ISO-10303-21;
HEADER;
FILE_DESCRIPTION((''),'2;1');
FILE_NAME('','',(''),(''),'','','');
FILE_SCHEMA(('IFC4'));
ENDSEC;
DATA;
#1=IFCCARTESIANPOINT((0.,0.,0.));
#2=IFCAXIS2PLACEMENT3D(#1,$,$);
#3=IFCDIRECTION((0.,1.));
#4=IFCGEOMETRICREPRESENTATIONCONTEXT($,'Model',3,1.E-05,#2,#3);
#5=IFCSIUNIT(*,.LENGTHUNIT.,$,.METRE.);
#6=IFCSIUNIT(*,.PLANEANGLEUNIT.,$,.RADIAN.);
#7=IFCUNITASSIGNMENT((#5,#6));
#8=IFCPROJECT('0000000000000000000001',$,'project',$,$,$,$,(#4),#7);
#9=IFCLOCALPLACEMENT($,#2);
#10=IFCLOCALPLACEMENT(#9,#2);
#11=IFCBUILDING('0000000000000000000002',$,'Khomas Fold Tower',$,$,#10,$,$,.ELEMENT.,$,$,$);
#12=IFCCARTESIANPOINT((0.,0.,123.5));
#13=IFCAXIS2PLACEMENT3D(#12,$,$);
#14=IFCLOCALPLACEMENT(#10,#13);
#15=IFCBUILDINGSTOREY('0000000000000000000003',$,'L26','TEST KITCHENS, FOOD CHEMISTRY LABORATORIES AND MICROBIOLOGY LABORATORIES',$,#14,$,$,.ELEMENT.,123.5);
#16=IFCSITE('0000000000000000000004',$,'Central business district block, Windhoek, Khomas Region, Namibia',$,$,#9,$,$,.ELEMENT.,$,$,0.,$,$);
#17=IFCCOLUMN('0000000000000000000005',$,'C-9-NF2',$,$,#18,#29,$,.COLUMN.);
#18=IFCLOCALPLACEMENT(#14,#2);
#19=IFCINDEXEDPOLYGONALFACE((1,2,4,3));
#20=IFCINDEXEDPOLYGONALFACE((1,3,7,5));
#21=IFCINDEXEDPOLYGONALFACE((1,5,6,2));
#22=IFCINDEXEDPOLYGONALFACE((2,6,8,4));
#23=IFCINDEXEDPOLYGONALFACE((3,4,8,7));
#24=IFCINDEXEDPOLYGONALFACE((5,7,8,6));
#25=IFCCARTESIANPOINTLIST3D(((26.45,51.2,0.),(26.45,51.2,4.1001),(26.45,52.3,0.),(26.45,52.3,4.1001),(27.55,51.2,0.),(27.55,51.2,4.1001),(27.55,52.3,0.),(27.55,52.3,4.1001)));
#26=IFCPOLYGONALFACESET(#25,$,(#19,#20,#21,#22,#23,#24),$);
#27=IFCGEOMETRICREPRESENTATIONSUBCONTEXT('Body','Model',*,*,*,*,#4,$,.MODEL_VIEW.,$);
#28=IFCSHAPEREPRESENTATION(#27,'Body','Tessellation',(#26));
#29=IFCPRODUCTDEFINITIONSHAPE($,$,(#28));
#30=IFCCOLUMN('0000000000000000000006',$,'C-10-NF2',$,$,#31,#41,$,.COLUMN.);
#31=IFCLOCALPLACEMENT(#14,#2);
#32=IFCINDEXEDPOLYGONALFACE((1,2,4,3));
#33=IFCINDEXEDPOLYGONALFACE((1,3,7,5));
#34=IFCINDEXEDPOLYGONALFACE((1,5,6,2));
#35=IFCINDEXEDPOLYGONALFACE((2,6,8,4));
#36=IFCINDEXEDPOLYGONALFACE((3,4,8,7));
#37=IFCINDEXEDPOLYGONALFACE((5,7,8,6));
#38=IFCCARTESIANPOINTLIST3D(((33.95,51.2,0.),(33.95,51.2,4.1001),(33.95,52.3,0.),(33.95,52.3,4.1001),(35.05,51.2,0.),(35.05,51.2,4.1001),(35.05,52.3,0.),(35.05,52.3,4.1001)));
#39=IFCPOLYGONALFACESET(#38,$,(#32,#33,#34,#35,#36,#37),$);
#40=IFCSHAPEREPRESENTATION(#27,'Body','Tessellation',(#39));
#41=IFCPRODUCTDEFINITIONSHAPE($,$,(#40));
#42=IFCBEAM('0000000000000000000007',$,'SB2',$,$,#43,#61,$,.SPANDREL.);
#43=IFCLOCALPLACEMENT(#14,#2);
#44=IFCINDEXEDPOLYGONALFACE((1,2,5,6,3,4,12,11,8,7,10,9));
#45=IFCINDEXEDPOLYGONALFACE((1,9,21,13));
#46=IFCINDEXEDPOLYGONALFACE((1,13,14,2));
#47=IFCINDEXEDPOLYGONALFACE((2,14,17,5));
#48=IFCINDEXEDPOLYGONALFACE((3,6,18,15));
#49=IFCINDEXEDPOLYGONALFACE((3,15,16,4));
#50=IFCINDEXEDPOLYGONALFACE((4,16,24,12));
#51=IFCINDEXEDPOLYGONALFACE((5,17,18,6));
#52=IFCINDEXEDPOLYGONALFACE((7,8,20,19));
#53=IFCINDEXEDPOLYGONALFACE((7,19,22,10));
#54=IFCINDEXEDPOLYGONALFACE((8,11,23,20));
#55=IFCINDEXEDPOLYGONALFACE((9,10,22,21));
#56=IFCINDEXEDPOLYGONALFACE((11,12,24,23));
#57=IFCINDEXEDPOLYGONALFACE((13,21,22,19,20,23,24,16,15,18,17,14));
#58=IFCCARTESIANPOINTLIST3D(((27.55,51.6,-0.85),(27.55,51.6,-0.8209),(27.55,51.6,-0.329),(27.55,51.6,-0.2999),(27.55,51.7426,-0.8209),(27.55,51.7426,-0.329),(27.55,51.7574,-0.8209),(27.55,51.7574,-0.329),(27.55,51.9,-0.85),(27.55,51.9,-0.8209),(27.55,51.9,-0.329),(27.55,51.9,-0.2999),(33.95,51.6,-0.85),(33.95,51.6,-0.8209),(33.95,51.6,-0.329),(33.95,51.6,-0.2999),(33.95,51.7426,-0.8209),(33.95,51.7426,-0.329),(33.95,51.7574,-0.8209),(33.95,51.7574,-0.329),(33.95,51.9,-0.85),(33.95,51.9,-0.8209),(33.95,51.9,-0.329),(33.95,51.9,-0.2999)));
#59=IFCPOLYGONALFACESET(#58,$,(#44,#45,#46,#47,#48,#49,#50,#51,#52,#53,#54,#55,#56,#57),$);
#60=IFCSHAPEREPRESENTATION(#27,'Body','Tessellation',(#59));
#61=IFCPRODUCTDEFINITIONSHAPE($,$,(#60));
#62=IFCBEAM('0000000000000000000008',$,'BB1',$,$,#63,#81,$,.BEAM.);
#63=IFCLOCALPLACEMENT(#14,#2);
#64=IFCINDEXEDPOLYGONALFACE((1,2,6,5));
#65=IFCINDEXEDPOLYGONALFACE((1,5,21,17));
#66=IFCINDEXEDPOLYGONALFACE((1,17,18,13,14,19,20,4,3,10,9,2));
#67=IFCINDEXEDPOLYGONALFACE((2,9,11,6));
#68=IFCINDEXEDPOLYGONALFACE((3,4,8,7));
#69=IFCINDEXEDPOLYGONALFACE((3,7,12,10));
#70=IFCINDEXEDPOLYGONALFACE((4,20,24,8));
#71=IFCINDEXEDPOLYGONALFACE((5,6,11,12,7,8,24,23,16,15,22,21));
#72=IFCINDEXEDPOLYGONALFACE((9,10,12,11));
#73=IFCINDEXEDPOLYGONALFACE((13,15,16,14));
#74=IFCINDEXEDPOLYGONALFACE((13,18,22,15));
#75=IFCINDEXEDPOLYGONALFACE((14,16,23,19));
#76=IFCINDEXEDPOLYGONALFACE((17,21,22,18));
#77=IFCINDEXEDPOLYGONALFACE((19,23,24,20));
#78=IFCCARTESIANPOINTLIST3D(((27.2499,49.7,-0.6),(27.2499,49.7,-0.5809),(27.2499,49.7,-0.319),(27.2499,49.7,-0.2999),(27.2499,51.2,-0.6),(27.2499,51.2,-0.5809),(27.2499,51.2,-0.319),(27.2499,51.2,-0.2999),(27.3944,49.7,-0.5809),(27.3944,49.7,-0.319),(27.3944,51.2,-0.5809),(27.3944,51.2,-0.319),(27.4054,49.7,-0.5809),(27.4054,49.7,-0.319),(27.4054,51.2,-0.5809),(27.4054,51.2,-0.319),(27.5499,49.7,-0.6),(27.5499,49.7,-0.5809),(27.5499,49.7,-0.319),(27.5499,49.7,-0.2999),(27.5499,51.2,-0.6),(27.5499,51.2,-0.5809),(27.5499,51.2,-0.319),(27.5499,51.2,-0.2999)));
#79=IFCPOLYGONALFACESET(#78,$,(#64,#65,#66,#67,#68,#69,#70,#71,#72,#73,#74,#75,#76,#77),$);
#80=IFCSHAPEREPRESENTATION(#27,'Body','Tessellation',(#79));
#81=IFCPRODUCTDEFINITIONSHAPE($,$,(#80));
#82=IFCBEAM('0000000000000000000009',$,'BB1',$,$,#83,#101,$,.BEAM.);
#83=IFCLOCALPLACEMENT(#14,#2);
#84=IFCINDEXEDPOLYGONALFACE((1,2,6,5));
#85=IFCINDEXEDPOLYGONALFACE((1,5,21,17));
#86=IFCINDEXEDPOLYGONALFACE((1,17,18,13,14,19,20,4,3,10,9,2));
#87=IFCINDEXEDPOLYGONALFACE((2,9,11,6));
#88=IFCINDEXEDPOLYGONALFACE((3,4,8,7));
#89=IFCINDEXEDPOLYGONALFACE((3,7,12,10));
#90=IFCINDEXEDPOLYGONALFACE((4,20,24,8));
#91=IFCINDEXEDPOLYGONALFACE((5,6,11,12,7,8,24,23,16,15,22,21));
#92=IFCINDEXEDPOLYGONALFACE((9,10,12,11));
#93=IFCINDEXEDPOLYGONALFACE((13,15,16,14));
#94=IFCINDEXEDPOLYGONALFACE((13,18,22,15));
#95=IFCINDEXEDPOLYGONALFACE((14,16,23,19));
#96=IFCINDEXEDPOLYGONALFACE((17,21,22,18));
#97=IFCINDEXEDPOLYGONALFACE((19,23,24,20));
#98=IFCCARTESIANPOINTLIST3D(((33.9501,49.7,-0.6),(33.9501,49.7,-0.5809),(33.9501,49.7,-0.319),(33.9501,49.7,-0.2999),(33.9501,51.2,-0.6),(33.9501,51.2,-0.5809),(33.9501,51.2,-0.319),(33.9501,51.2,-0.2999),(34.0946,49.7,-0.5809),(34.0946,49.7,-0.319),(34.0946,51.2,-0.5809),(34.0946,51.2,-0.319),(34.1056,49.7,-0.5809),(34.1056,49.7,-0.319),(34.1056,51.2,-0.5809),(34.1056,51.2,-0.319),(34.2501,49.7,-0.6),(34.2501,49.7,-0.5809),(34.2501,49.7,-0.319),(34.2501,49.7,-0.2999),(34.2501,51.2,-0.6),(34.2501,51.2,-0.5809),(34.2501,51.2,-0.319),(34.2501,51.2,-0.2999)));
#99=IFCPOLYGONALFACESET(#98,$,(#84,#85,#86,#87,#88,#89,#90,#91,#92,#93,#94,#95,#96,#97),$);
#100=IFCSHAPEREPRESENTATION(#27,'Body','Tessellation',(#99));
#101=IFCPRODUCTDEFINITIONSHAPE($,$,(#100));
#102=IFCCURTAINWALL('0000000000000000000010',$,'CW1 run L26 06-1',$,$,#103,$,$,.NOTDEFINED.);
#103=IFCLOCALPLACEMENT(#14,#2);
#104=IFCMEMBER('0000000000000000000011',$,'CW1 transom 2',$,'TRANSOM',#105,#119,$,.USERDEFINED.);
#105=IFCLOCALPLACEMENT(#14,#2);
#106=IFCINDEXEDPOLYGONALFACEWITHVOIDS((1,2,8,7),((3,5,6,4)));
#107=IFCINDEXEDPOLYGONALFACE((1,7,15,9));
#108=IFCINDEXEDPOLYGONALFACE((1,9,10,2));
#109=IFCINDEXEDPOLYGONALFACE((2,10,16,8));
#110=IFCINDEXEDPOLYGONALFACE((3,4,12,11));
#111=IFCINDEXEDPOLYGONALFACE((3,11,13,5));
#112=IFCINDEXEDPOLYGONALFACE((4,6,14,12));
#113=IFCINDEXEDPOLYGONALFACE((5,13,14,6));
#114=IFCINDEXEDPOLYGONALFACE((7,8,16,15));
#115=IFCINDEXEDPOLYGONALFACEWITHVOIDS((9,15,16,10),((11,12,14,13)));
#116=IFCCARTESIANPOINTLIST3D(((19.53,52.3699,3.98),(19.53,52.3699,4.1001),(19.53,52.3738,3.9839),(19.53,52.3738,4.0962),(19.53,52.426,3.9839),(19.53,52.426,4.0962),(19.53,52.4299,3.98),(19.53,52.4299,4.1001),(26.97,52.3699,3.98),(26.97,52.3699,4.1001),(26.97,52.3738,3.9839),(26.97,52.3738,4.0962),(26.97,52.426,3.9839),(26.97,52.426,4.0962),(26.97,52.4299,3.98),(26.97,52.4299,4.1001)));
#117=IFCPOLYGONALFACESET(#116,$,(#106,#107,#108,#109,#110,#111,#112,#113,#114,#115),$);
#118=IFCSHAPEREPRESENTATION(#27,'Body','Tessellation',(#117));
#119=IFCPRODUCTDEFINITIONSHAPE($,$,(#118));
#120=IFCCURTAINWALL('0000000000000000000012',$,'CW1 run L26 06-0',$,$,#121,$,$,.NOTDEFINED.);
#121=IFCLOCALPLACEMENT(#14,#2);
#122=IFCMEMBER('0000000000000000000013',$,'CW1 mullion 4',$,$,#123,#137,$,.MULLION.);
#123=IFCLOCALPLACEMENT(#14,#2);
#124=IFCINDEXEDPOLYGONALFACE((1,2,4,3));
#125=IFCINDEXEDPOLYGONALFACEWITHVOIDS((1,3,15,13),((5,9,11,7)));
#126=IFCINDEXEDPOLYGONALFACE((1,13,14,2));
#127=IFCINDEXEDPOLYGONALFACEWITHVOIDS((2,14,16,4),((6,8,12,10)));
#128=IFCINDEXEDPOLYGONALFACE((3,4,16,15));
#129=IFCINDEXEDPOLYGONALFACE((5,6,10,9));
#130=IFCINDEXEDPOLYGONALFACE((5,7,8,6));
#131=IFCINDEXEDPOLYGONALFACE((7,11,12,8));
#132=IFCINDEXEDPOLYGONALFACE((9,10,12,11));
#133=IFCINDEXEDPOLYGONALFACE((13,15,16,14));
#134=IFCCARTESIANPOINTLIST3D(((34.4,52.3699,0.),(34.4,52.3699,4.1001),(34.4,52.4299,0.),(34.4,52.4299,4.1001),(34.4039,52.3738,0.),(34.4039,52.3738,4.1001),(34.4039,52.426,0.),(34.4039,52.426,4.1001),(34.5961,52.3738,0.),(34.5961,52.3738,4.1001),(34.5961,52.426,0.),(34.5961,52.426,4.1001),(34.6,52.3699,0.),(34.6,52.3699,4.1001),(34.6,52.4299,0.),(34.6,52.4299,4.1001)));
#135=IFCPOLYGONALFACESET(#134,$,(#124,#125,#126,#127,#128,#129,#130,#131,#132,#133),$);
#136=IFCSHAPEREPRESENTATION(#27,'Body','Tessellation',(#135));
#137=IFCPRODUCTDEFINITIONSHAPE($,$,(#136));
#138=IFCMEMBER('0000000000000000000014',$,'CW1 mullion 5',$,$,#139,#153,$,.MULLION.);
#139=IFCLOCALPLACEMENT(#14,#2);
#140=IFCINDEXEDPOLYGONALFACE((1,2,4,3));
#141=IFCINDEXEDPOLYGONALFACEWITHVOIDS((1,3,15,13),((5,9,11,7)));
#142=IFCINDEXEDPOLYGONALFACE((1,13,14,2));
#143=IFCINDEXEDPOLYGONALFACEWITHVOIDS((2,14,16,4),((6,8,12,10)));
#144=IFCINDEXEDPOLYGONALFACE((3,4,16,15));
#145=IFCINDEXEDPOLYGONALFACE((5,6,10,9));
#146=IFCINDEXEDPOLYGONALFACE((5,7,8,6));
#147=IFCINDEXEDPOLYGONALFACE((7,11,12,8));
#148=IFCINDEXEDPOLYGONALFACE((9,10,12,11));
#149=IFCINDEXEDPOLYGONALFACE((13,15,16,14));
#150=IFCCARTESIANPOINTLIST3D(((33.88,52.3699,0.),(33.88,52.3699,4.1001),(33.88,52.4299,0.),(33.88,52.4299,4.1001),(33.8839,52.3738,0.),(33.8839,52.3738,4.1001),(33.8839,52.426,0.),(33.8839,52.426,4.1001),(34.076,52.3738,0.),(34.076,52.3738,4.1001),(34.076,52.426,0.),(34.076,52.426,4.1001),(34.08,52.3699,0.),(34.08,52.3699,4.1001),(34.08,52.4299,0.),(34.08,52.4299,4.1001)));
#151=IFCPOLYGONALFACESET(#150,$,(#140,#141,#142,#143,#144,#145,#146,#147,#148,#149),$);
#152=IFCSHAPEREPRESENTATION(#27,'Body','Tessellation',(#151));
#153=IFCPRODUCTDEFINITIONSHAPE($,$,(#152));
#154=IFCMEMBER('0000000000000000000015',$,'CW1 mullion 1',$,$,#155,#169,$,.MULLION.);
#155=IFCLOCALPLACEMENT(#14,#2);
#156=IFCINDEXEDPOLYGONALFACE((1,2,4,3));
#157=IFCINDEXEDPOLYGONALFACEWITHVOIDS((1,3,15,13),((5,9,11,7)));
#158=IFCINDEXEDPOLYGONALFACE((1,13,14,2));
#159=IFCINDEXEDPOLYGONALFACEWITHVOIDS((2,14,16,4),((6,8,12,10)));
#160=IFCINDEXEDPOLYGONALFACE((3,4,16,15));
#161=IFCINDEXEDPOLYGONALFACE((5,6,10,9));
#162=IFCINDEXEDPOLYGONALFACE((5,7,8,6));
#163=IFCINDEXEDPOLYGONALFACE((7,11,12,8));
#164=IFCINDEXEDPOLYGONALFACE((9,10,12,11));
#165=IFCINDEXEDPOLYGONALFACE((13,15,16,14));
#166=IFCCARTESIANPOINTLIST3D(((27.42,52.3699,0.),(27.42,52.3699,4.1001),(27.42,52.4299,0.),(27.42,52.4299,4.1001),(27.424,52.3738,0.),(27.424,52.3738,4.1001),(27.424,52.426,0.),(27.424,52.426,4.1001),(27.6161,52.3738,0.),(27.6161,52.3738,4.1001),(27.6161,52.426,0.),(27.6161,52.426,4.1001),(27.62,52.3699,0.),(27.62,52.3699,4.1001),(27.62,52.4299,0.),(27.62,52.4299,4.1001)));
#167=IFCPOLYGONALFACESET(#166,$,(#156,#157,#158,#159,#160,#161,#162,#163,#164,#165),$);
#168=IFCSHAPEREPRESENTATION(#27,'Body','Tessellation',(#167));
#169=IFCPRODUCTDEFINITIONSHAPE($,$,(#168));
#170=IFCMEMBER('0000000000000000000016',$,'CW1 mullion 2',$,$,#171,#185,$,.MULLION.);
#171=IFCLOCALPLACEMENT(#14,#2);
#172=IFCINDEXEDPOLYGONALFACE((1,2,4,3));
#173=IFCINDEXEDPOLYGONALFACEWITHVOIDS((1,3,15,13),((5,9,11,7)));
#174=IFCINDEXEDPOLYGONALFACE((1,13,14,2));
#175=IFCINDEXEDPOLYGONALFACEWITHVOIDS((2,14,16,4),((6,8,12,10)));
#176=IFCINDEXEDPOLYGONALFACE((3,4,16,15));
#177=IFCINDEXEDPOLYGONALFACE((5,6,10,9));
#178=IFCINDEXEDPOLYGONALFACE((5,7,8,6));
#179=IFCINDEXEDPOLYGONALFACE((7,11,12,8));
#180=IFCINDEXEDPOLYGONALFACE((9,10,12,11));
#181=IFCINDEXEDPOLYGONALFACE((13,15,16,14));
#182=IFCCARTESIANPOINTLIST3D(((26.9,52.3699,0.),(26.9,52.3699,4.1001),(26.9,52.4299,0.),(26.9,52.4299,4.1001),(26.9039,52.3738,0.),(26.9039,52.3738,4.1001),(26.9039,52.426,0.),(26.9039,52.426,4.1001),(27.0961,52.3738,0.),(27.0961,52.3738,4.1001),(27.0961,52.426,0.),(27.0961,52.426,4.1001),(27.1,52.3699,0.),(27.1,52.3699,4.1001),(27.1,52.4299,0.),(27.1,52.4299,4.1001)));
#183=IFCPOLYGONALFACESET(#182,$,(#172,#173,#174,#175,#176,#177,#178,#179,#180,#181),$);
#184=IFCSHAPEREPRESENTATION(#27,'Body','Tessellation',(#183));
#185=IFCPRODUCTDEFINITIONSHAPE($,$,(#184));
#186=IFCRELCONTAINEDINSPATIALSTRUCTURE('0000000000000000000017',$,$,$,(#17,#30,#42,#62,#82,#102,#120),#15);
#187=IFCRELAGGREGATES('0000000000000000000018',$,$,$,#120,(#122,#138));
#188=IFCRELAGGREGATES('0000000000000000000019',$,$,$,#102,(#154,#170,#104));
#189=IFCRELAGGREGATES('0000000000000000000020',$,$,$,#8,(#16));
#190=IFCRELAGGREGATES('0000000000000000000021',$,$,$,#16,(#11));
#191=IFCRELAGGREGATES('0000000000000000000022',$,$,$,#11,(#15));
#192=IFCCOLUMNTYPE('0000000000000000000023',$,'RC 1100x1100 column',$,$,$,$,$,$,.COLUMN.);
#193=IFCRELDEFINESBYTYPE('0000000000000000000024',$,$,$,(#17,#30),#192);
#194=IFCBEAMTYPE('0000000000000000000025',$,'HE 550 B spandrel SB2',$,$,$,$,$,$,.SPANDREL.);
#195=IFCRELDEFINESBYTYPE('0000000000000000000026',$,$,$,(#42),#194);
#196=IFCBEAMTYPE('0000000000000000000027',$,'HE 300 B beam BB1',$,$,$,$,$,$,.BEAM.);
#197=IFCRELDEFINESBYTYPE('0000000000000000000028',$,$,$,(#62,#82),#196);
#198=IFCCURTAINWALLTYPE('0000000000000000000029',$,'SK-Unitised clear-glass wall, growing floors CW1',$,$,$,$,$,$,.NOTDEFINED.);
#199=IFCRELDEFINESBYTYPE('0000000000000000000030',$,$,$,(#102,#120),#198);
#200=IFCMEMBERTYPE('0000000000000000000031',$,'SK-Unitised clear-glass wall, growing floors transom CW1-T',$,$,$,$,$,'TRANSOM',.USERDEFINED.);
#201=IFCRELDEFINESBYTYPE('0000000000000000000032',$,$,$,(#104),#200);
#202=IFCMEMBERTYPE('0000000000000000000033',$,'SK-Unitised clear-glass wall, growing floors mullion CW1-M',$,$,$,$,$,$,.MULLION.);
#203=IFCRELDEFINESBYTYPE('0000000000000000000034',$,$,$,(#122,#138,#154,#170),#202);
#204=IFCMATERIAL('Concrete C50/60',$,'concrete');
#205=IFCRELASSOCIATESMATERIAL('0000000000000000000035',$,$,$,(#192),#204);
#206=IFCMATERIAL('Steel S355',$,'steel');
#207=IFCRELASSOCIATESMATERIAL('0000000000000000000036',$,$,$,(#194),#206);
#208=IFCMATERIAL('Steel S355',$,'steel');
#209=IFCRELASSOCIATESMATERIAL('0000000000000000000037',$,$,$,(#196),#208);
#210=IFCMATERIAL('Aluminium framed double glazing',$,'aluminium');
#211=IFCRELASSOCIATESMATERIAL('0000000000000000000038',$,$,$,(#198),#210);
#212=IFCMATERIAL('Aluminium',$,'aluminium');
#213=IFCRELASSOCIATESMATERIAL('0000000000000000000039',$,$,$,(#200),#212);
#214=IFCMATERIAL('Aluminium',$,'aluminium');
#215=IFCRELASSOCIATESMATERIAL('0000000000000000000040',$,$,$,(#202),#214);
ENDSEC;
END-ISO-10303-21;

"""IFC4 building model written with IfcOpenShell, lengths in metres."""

from ifc_helpers import new_model, si_unit, direction, frame, origin, origin_2d, place, context, subcontext, project, spatial, rectangle, hollow_rectangle, i_section, extrude, source, transform, mapped, material, material_profile, profile_set, type_object, element, aggregate, save


model = new_model("IFC4")

# Units and contexts
model_context = context("Model", 3, precision=1e-05, world=origin(), true_north=direction((0.0, 1.0)))
body_context = subcontext(model_context, "Body", "Model", "MODEL_VIEW")
ifc_project = project(units=[si_unit("LENGTHUNIT", "METRE"), si_unit("PLANEANGLEUNIT", "RADIAN")], contexts=[model_context])

# Site, building, storey
site_placement = place(None, origin())
site = spatial("IfcSite", under=ifc_project, at=site_placement, Name="Central business district block, Windhoek, Khomas Region, Namibia", CompositionType="ELEMENT", RefElevation=0.0)
building_placement = place(site_placement, origin())
building = spatial("IfcBuilding", under=site, at=building_placement, Name="Khomas Fold Tower", CompositionType="ELEMENT")
storey_placement = place(building_placement, frame((0.0, 0.0, 123.5)))
storey = spatial("IfcBuildingStorey", under=building, at=storey_placement, Name="L26", Description="TEST KITCHENS, FOOD CHEMISTRY LABORATORIES AND MICROBIOLOGY LABORATORIES", CompositionType="ELEMENT", Elevation=123.5)

# Columns
ifc_material_1 = material(Name="Concrete C50/60", Category="concrete")
ifc_material_profile_1 = material_profile(ifc_material_1, rectangle(XDim=1.1001, YDim=1.1001, at=origin_2d()), Name="RC 1100x1100")
ifc_profile_set_1 = profile_set([ifc_material_profile_1], Name="Concrete C50/60")
column_type = type_object("IfcColumnType", Name="RC 1100x1100 column", PredefinedType="COLUMN", material=ifc_profile_set_1)
shared_shape_1 = source(origin(), body_context, "Body", "SweptSolid", [
    extrude(rectangle(XDim=1.1001, YDim=1.1001, at=origin_2d()), origin(), (0.0, 0.0, 1.0), 4.1001),
])
for number, where, z_axis, x_axis, name in (
    (1, (27.0, 51.75, 0.0), (0.0, 0.0, 1.0), (1.0, 0.0, 0.0), "C-9-NF2"),
    (2, (34.5, 51.75, 0.0), (0.0, 0.0, 1.0), (1.0, 0.0, 0.0), "C-10-NF2"),
):
    element("IfcColumn", number, at=place(storey_placement, frame(where, z_axis=z_axis, x_axis=x_axis)), inside=storey, type_object=column_type, Name=name, PredefinedType="COLUMN", context=body_context, shape_type="MappedRepresentation", body=[
        mapped(shared_shape_1, transform((0.0, 0.0, 0.0))),
    ])

# Beams
ifc_material_2 = material(Name="Steel S355", Category="steel")
ifc_material_profile_2 = material_profile(ifc_material_2, i_section(OverallWidth=0.3, OverallDepth=0.55, WebThickness=0.0149, FlangeThickness=0.0291, at=origin_2d()), Name="HE 550 B")
ifc_profile_set_2 = profile_set([ifc_material_profile_2], Name="Steel S355")
beam_type_1 = type_object("IfcBeamType", Name="HE 550 B spandrel SB2", PredefinedType="SPANDREL", material=ifc_profile_set_2)
shared_shape_2 = source(origin(), body_context, "Body", "SweptSolid", [
    extrude(i_section(OverallWidth=0.3, OverallDepth=0.55, WebThickness=0.0149, FlangeThickness=0.0291, at=origin_2d()), origin(), (0.0, 0.0, 1.0), 6.3999),
])
beam_placement = place(storey_placement, frame((27.55, 51.75, -0.575), z_axis=(1.0, 0.0, 0.0), x_axis=(0.0, 1.0, 0.0)))
element("IfcBeam", 3, at=beam_placement, inside=storey, type_object=beam_type_1, Name="SB2", PredefinedType="SPANDREL", context=body_context, shape_type="MappedRepresentation", body=[
    mapped(shared_shape_2, transform((0.0, 0.0, 0.0))),
])
ifc_material_3 = material(Name="Steel S355", Category="steel")
ifc_material_profile_3 = material_profile(ifc_material_3, i_section(OverallWidth=0.3, OverallDepth=0.3, WebThickness=0.011, FlangeThickness=0.019, at=origin_2d()), Name="HE 300 B")
ifc_profile_set_3 = profile_set([ifc_material_profile_3], Name="Steel S355")
beam_type_2 = type_object("IfcBeamType", Name="HE 300 B beam BB1", PredefinedType="BEAM", material=ifc_profile_set_3)
shared_shape_3 = source(origin(), body_context, "Body", "SweptSolid", [
    extrude(i_section(OverallWidth=0.3, OverallDepth=0.3, WebThickness=0.011, FlangeThickness=0.019, at=origin_2d()), origin(), (0.0, 0.0, 1.0), 1.5),
])
for number, where, z_axis, x_axis, name in (
    (4, (27.3999, 49.7, -0.45), (0.0, 1.0, 0.0), (-1.0, 0.0, 0.0), "BB1"),
    (5, (34.1001, 49.7, -0.45), (0.0, 1.0, 0.0), (-1.0, 0.0, 0.0), "BB1"),
):
    element("IfcBeam", number, at=place(storey_placement, frame(where, z_axis=z_axis, x_axis=x_axis)), inside=storey, type_object=beam_type_2, Name=name, PredefinedType="BEAM", context=body_context, shape_type="MappedRepresentation", body=[
        mapped(shared_shape_3, transform((0.0, 0.0, 0.0))),
    ])

# Curtain wall, member
ifc_material_4 = material(Name="Aluminium framed double glazing", Category="aluminium")
curtain_wall_type = type_object("IfcCurtainWallType", Name="SK-Unitised clear-glass wall, growing floors CW1", PredefinedType="NOTDEFINED", material=ifc_material_4)
curtain_wall_1_placement = place(storey_placement, origin())
curtain_wall_1 = element("IfcCurtainWall", 6, at=curtain_wall_1_placement, inside=storey, type_object=curtain_wall_type, Name="CW1 run L26 06-1", PredefinedType="NOTDEFINED")
ifc_material_5 = material(Name="Aluminium", Category="aluminium")
ifc_material_profile_4 = material_profile(ifc_material_5, hollow_rectangle(XDim=0.0601, YDim=0.1201, WallThickness=0.0039, at=origin_2d()), Name="SK-Unitised clear-glass wall, growing floors transom CW1-T")
ifc_profile_set_4 = profile_set([ifc_material_profile_4], Name="Aluminium")
member_type_1 = type_object("IfcMemberType", Name="SK-Unitised clear-glass wall, growing floors transom CW1-T", ElementType="TRANSOM", PredefinedType="USERDEFINED", material=ifc_profile_set_4)
shared_shape_4 = source(origin(), body_context, "Body", "SweptSolid", [
    extrude(hollow_rectangle(XDim=0.0601, YDim=0.1201, WallThickness=0.0039, at=origin_2d()), origin(), (0.0, 0.0, 1.0), 7.4399),
])
member_1_placement = place(storey_placement, frame((26.97, 52.3999, 4.04), z_axis=(-1.0, 0.0, 0.0), x_axis=(0.0, -1.0, 0.0)))
member_1 = element("IfcMember", 7, at=member_1_placement, type_object=member_type_1, Name="CW1 transom 2", ObjectType="TRANSOM", PredefinedType="USERDEFINED", context=body_context, shape_type="MappedRepresentation", body=[
    mapped(shared_shape_4, transform((0.0, 0.0, 0.0))),
])

# Curtain wall, members
curtain_wall_2_placement = place(storey_placement, origin())
curtain_wall_2 = element("IfcCurtainWall", 8, at=curtain_wall_2_placement, inside=storey, type_object=curtain_wall_type, Name="CW1 run L26 06-0", PredefinedType="NOTDEFINED")
ifc_material_6 = material(Name="Aluminium", Category="aluminium")
ifc_material_profile_5 = material_profile(ifc_material_6, hollow_rectangle(XDim=0.0601, YDim=0.2, WallThickness=0.0039, at=origin_2d()), Name="SK-Unitised clear-glass wall, growing floors mullion CW1-M")
ifc_profile_set_5 = profile_set([ifc_material_profile_5], Name="Aluminium")
member_type_2 = type_object("IfcMemberType", Name="SK-Unitised clear-glass wall, growing floors mullion CW1-M", PredefinedType="MULLION", material=ifc_profile_set_5)
shared_shape_5 = source(origin(), body_context, "Body", "SweptSolid", [
    extrude(hollow_rectangle(XDim=0.0601, YDim=0.2, WallThickness=0.0039, at=origin_2d()), origin(), (0.0, 0.0, 1.0), 4.1001),
])
member_2_placement = place(storey_placement, frame((34.5, 52.3999, 0.0), z_axis=(0.0, 0.0, 1.0), x_axis=(0.0, -1.0, 0.0)))
member_2 = element("IfcMember", 9, at=member_2_placement, type_object=member_type_2, Name="CW1 mullion 4", PredefinedType="MULLION", context=body_context, shape_type="MappedRepresentation", body=[
    mapped(shared_shape_5, transform((0.0, 0.0, 0.0))),
])
member_3_placement = place(storey_placement, frame((33.98, 52.3999, 0.0), z_axis=(0.0, 0.0, 1.0), x_axis=(0.0, -1.0, 0.0)))
member_3 = element("IfcMember", 10, at=member_3_placement, type_object=member_type_2, Name="CW1 mullion 5", PredefinedType="MULLION", context=body_context, shape_type="MappedRepresentation", body=[
    mapped(shared_shape_5, transform((0.0, 0.0, 0.0))),
])

# Members
member_4_placement = place(storey_placement, frame((27.52, 52.3999, 0.0), z_axis=(0.0, 0.0, 1.0), x_axis=(0.0, -1.0, 0.0)))
member_4 = element("IfcMember", 11, at=member_4_placement, type_object=member_type_2, Name="CW1 mullion 1", PredefinedType="MULLION", context=body_context, shape_type="MappedRepresentation", body=[
    mapped(shared_shape_5, transform((0.0, 0.0, 0.0))),
])
member_5_placement = place(storey_placement, frame((27.0, 52.3999, 0.0), z_axis=(0.0, 0.0, 1.0), x_axis=(0.0, -1.0, 0.0)))
member_5 = element("IfcMember", 12, at=member_5_placement, type_object=member_type_2, Name="CW1 mullion 2", PredefinedType="MULLION", context=body_context, shape_type="MappedRepresentation", body=[
    mapped(shared_shape_5, transform((0.0, 0.0, 0.0))),
])

aggregate(curtain_wall_2, [member_2, member_3])
aggregate(curtain_wall_1, [member_4, member_5, member_1])

save(model, "model.ifc")
